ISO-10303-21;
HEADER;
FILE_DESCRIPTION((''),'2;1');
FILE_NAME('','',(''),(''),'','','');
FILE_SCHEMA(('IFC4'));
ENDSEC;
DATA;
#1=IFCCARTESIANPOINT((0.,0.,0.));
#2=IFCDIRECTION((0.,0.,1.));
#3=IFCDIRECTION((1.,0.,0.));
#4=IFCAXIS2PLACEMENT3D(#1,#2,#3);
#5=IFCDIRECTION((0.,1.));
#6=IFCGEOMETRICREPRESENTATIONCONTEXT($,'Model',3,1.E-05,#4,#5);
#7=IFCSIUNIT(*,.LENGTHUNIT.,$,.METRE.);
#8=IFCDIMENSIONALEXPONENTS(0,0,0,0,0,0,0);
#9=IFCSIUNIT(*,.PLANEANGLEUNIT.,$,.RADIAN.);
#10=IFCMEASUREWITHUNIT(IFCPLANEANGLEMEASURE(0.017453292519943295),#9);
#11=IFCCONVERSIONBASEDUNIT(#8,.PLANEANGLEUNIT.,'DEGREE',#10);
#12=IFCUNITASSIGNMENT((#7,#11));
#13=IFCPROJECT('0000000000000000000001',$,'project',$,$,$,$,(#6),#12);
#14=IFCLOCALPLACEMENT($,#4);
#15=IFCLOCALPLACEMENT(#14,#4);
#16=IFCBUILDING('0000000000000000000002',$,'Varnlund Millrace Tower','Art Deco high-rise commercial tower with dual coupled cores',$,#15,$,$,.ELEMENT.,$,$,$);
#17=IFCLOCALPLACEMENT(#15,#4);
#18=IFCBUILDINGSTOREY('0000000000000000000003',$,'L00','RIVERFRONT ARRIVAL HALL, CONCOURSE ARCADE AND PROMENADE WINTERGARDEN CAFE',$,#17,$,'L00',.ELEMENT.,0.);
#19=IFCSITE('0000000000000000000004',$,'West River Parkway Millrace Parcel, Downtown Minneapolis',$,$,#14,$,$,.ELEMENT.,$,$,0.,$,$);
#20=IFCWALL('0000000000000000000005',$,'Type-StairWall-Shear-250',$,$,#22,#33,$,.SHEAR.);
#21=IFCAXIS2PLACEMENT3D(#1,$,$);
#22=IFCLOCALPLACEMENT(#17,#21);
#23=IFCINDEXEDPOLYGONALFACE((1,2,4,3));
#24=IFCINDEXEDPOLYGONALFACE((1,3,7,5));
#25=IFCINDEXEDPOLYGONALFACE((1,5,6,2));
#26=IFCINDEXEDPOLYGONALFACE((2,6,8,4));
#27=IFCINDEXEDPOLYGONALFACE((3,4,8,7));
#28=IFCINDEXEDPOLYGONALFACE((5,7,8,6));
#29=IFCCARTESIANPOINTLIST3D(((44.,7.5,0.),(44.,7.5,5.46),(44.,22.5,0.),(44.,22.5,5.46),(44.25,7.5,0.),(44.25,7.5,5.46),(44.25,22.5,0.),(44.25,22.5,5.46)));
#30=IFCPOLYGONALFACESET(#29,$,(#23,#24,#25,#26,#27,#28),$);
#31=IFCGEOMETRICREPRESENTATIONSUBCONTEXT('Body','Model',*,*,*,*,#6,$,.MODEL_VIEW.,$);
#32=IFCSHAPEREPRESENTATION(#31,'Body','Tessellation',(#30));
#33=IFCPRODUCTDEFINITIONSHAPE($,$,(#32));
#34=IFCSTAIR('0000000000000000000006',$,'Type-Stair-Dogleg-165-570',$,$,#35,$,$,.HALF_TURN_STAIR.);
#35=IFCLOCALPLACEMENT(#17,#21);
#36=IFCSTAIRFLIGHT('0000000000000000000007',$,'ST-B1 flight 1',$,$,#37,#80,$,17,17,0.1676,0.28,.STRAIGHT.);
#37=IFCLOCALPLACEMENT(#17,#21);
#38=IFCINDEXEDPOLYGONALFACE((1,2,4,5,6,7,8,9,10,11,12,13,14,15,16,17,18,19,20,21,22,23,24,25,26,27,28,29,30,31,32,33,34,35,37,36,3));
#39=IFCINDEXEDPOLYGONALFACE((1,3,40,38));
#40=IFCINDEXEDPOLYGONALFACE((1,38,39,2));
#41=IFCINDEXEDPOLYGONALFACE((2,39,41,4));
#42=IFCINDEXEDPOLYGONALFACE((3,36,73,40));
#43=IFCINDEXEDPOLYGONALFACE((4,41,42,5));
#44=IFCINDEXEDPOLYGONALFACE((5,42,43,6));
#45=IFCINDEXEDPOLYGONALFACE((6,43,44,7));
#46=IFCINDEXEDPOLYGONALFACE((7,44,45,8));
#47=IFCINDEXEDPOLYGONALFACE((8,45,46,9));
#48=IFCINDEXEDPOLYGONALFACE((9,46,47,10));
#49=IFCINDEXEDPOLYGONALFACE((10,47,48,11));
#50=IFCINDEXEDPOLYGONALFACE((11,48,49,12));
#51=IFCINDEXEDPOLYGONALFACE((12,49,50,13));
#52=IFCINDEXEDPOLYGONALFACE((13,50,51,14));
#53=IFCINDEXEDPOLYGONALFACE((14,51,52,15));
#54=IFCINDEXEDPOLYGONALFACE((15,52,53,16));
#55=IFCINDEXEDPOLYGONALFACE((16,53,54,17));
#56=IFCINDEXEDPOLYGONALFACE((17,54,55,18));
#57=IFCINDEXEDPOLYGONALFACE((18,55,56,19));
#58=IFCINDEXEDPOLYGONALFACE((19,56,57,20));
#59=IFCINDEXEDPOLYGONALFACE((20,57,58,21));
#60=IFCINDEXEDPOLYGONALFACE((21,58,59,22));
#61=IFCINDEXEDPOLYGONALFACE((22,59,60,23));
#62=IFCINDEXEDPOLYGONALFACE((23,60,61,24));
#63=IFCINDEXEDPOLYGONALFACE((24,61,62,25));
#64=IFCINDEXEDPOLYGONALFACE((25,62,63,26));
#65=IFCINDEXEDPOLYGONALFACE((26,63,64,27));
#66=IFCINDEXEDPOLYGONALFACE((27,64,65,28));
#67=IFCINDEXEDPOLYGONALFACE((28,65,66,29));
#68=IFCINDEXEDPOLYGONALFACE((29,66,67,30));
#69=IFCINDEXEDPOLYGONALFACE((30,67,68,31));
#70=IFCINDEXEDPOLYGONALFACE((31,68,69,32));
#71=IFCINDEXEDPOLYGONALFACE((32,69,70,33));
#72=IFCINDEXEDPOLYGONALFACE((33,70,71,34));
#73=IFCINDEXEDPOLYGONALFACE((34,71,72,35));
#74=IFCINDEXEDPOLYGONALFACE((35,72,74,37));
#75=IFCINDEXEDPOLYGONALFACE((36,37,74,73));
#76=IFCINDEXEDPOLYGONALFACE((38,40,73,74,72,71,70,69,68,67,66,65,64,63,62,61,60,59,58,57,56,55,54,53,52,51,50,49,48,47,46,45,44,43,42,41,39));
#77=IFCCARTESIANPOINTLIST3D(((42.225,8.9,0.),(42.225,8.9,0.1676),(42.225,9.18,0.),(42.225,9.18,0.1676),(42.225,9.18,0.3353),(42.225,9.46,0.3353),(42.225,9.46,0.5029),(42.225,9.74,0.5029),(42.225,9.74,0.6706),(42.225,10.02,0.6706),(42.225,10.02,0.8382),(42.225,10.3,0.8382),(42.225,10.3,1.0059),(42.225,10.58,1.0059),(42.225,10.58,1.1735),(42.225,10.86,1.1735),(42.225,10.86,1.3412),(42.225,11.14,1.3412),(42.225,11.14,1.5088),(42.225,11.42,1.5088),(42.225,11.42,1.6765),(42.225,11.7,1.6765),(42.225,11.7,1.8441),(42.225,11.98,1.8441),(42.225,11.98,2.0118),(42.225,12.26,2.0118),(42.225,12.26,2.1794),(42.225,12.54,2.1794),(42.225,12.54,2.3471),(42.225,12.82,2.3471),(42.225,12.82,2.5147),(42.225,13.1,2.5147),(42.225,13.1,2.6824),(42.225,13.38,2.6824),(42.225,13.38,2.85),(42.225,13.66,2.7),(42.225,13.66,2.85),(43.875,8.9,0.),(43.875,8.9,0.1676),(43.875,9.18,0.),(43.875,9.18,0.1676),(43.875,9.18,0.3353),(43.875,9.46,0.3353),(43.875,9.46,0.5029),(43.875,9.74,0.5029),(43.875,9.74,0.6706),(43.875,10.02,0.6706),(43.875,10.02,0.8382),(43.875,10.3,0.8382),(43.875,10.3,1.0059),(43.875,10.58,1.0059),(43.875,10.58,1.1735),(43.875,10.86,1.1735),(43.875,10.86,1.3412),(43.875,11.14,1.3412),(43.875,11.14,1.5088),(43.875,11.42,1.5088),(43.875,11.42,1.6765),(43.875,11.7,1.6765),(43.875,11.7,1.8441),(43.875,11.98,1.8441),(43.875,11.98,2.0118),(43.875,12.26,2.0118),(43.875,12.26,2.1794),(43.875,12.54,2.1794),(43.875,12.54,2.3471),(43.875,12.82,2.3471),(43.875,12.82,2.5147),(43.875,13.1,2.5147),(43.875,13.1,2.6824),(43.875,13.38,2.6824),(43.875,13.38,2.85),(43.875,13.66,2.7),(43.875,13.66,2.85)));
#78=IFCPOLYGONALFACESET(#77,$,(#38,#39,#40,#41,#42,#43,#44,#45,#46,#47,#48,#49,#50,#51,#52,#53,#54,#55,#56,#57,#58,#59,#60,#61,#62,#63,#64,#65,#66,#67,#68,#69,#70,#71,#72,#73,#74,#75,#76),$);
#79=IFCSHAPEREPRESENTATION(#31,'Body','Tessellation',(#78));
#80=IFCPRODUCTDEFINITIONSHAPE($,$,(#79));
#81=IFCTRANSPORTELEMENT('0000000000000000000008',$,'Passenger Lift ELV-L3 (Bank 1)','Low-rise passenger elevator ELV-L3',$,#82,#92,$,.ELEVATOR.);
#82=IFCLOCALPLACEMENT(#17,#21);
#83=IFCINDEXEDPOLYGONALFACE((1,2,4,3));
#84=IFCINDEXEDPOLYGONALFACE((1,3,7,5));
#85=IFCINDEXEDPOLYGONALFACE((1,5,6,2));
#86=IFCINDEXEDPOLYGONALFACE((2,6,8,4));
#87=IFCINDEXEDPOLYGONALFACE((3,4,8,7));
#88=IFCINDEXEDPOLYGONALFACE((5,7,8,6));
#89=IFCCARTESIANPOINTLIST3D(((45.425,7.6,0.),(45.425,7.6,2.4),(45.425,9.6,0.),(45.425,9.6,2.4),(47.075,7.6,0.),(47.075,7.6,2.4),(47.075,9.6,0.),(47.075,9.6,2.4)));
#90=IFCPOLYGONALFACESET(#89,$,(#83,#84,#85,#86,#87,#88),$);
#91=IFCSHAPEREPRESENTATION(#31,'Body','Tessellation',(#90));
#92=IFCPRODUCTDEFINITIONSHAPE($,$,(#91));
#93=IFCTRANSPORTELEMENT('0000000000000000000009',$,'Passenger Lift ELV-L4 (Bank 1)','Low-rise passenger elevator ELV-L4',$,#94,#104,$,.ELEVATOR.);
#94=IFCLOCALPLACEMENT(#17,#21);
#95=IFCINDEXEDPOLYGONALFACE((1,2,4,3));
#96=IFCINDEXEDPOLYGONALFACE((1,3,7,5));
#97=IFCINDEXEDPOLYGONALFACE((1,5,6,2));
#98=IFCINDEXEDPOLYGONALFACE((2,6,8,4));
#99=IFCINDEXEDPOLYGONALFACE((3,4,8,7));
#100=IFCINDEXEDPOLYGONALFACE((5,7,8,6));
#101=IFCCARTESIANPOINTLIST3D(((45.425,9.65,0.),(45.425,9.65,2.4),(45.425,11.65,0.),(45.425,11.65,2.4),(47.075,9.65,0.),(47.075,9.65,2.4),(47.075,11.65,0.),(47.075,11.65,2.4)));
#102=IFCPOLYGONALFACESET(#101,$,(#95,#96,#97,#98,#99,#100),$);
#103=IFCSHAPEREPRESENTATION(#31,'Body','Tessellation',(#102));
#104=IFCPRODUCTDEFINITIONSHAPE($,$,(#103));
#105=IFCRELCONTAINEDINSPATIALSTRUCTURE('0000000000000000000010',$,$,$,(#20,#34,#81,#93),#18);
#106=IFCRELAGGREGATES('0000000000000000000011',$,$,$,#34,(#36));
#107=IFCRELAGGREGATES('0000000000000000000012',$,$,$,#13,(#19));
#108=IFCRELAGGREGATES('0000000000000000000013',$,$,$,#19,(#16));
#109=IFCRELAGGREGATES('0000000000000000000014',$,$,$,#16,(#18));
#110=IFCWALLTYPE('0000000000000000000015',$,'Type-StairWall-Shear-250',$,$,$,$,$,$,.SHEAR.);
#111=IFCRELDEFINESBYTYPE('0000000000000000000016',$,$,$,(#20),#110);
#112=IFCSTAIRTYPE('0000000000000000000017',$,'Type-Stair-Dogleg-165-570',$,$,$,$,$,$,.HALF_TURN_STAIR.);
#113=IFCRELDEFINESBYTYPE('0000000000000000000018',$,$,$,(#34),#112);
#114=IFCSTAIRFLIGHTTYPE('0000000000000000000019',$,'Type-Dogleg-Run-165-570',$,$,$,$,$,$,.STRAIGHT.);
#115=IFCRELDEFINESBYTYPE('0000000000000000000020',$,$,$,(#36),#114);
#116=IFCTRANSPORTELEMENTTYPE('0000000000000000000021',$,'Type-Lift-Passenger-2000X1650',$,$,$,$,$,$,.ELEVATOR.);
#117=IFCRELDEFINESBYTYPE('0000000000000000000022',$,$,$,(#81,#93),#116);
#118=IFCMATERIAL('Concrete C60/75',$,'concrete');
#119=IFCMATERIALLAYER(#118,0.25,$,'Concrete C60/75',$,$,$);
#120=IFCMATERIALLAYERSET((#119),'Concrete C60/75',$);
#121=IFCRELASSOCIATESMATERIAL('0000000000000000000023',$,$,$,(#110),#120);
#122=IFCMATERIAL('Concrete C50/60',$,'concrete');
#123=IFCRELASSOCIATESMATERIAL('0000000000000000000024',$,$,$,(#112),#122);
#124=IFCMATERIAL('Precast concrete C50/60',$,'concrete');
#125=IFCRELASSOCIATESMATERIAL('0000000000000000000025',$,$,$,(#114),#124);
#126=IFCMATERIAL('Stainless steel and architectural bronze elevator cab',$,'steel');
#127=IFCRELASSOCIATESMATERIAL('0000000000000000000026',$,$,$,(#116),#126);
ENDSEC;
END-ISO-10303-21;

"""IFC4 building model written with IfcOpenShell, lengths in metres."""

from ifc_helpers import new_model, entity, si_unit, converted_unit, direction, frame, origin_with_axes, origin_2d_with_axis, place, context, subcontext, project, spatial, polyline, rectangle, outline, extrude, material, layer, layer_set, type_object, element, aggregate, save


model = new_model("IFC4")

# Units and contexts
model_context = context("Model", 3, precision=1e-05, world=origin_with_axes(), true_north=direction((0.0, 1.0)))
body_context = subcontext(model_context, "Body", "Model", "MODEL_VIEW")
ifc_project = project(units=[si_unit("LENGTHUNIT", "METRE"), converted_unit("PLANEANGLEUNIT", "DEGREE", entity("IfcPlaneAngleMeasure", 0.017453292519943295), si_unit("PLANEANGLEUNIT", "RADIAN"), dimensions=[0, 0, 0, 0, 0, 0, 0])], contexts=[model_context])

# Site, building, storey
site_placement = place(None, origin_with_axes())
site = spatial("IfcSite", under=ifc_project, at=site_placement, Name="West River Parkway Millrace Parcel, Downtown Minneapolis", CompositionType="ELEMENT", RefElevation=0.0)
building_placement = place(site_placement, origin_with_axes())
building = spatial("IfcBuilding", under=site, at=building_placement, Name="Varnlund Millrace Tower", Description="Art Deco high-rise commercial tower with dual coupled cores", CompositionType="ELEMENT")
storey_placement = place(building_placement, origin_with_axes())
storey = spatial("IfcBuildingStorey", under=building, at=storey_placement, Name="L00", Description="RIVERFRONT ARRIVAL HALL, CONCOURSE ARCADE AND PROMENADE WINTERGARDEN CAFE", LongName="L00", CompositionType="ELEMENT", Elevation=0.0)

# Shared definitions
ifc_material_1 = material(Name="Concrete C60/75", Category="concrete")
ifc_layer_1 = layer(ifc_material_1, 0.25, Name="Concrete C60/75")
ifc_layer_set_1 = layer_set([ifc_layer_1], Name="Concrete C60/75")

# Wall
wall_type_1 = type_object("IfcWallType", Name="Type-StairWall-Shear-250", PredefinedType="SHEAR", material=ifc_layer_set_1)
wall_1_placement = place(storey_placement, frame((44.125, 7.5, 0.0), z_axis=(0.0, 0.0, 1.0), x_axis=(0.0, 1.0, 0.0)))
element("IfcWall", 1, at=wall_1_placement, inside=storey, type_object=wall_type_1, Name="Type-StairWall-Shear-250", PredefinedType="SHEAR", context=body_context, shape_type="SweptSolid", body=[
    extrude(outline(polyline([(0.0, -0.125), (15.0, -0.125), (15.0, 0.125), (0.0, 0.125), (0.0, -0.125)])), origin_with_axes(), (0.0, 0.0, 1.0), 5.46),
])

# Stair, stair flight
ifc_material_2 = material(Name="Concrete C50/60", Category="concrete")
stair_type = type_object("IfcStairType", Name="Type-Stair-Dogleg-165-570", PredefinedType="HALF_TURN_STAIR", material=ifc_material_2)
stair_placement = place(storey_placement, origin_with_axes())
stair = element("IfcStair", 2, at=stair_placement, inside=storey, type_object=stair_type, Name="Type-Stair-Dogleg-165-570", PredefinedType="HALF_TURN_STAIR")
ifc_material_3 = material(Name="Precast concrete C50/60", Category="concrete")
stair_flight_type = type_object("IfcStairFlightType", Name="Type-Dogleg-Run-165-570", PredefinedType="STRAIGHT", material=ifc_material_3)
stair_flight_placement = place(storey_placement, frame((42.225, 8.9, 0.0), z_axis=(1.0, 0.0, 0.0), x_axis=(0.0, 1.0, 0.0)))
stair_flight = element("IfcStairFlight", 3, at=stair_flight_placement, type_object=stair_flight_type, Name="ST-B1 flight 1", NumberOfRisers=17, NumberOfTreads=17, PredefinedType="STRAIGHT", RiserHeight=0.1676, TreadLength=0.28, context=body_context, shape_type="SweptSolid", body=[
    extrude(outline(polyline([(0.0, 0.0), (0.0, 0.1676), (0.28, 0.1676), (0.28, 0.3353), (0.56, 0.3353), (0.56, 0.5029), (0.84, 0.5029), (0.84, 0.6706), (1.12, 0.6706), (1.12, 0.8382), (1.4, 0.8382), (1.4, 1.0059), (1.68, 1.0059), (1.68, 1.1735), (1.96, 1.1735), (1.96, 1.3412), (2.24, 1.3412), (2.24, 1.5088), (2.52, 1.5088), (2.52, 1.6765), (2.8, 1.6765), (2.8, 1.8441), (3.08, 1.8441), (3.08, 2.0118), (3.36, 2.0118), (3.36, 2.1794), (3.64, 2.1794), (3.64, 2.3471), (3.92, 2.3471), (3.92, 2.5147), (4.2, 2.5147), (4.2, 2.6824), (4.48, 2.6824), (4.48, 2.85), (4.76, 2.85), (4.76, 2.7), (0.28, 0.0), (0.0, 0.0)])), origin_with_axes(), (0.0, 0.0, 1.0), 1.65),
])
aggregate(stair, [stair_flight])

# Transport elements
ifc_material_4 = material(Name="Stainless steel and architectural bronze elevator cab", Category="steel")
transport_element_type = type_object("IfcTransportElementType", Name="Type-Lift-Passenger-2000X1650", PredefinedType="ELEVATOR", material=ifc_material_4)
for number, where, z_axis, x_axis, name, description in (
    (4, (46.25, 8.6, 0.0), (0.0, 0.0, 1.0), (1.0, 0.0, 0.0), "Passenger Lift ELV-L3 (Bank 1)", "Low-rise passenger elevator ELV-L3"),
    (5, (46.25, 10.65, 0.0), (0.0, 0.0, 1.0), (1.0, 0.0, 0.0), "Passenger Lift ELV-L4 (Bank 1)", "Low-rise passenger elevator ELV-L4"),
):
    element("IfcTransportElement", number, at=place(storey_placement, frame(where, z_axis=z_axis, x_axis=x_axis)), inside=storey, type_object=transport_element_type, Name=name, Description=description, PredefinedType="ELEVATOR", context=body_context, shape_type="SweptSolid", body=[
        extrude(rectangle(XDim=1.65, YDim=2.0, at=origin_2d_with_axis()), origin_with_axes(), (0.0, 0.0, 1.0), 2.4),
    ])

save(model, "model.ifc")
